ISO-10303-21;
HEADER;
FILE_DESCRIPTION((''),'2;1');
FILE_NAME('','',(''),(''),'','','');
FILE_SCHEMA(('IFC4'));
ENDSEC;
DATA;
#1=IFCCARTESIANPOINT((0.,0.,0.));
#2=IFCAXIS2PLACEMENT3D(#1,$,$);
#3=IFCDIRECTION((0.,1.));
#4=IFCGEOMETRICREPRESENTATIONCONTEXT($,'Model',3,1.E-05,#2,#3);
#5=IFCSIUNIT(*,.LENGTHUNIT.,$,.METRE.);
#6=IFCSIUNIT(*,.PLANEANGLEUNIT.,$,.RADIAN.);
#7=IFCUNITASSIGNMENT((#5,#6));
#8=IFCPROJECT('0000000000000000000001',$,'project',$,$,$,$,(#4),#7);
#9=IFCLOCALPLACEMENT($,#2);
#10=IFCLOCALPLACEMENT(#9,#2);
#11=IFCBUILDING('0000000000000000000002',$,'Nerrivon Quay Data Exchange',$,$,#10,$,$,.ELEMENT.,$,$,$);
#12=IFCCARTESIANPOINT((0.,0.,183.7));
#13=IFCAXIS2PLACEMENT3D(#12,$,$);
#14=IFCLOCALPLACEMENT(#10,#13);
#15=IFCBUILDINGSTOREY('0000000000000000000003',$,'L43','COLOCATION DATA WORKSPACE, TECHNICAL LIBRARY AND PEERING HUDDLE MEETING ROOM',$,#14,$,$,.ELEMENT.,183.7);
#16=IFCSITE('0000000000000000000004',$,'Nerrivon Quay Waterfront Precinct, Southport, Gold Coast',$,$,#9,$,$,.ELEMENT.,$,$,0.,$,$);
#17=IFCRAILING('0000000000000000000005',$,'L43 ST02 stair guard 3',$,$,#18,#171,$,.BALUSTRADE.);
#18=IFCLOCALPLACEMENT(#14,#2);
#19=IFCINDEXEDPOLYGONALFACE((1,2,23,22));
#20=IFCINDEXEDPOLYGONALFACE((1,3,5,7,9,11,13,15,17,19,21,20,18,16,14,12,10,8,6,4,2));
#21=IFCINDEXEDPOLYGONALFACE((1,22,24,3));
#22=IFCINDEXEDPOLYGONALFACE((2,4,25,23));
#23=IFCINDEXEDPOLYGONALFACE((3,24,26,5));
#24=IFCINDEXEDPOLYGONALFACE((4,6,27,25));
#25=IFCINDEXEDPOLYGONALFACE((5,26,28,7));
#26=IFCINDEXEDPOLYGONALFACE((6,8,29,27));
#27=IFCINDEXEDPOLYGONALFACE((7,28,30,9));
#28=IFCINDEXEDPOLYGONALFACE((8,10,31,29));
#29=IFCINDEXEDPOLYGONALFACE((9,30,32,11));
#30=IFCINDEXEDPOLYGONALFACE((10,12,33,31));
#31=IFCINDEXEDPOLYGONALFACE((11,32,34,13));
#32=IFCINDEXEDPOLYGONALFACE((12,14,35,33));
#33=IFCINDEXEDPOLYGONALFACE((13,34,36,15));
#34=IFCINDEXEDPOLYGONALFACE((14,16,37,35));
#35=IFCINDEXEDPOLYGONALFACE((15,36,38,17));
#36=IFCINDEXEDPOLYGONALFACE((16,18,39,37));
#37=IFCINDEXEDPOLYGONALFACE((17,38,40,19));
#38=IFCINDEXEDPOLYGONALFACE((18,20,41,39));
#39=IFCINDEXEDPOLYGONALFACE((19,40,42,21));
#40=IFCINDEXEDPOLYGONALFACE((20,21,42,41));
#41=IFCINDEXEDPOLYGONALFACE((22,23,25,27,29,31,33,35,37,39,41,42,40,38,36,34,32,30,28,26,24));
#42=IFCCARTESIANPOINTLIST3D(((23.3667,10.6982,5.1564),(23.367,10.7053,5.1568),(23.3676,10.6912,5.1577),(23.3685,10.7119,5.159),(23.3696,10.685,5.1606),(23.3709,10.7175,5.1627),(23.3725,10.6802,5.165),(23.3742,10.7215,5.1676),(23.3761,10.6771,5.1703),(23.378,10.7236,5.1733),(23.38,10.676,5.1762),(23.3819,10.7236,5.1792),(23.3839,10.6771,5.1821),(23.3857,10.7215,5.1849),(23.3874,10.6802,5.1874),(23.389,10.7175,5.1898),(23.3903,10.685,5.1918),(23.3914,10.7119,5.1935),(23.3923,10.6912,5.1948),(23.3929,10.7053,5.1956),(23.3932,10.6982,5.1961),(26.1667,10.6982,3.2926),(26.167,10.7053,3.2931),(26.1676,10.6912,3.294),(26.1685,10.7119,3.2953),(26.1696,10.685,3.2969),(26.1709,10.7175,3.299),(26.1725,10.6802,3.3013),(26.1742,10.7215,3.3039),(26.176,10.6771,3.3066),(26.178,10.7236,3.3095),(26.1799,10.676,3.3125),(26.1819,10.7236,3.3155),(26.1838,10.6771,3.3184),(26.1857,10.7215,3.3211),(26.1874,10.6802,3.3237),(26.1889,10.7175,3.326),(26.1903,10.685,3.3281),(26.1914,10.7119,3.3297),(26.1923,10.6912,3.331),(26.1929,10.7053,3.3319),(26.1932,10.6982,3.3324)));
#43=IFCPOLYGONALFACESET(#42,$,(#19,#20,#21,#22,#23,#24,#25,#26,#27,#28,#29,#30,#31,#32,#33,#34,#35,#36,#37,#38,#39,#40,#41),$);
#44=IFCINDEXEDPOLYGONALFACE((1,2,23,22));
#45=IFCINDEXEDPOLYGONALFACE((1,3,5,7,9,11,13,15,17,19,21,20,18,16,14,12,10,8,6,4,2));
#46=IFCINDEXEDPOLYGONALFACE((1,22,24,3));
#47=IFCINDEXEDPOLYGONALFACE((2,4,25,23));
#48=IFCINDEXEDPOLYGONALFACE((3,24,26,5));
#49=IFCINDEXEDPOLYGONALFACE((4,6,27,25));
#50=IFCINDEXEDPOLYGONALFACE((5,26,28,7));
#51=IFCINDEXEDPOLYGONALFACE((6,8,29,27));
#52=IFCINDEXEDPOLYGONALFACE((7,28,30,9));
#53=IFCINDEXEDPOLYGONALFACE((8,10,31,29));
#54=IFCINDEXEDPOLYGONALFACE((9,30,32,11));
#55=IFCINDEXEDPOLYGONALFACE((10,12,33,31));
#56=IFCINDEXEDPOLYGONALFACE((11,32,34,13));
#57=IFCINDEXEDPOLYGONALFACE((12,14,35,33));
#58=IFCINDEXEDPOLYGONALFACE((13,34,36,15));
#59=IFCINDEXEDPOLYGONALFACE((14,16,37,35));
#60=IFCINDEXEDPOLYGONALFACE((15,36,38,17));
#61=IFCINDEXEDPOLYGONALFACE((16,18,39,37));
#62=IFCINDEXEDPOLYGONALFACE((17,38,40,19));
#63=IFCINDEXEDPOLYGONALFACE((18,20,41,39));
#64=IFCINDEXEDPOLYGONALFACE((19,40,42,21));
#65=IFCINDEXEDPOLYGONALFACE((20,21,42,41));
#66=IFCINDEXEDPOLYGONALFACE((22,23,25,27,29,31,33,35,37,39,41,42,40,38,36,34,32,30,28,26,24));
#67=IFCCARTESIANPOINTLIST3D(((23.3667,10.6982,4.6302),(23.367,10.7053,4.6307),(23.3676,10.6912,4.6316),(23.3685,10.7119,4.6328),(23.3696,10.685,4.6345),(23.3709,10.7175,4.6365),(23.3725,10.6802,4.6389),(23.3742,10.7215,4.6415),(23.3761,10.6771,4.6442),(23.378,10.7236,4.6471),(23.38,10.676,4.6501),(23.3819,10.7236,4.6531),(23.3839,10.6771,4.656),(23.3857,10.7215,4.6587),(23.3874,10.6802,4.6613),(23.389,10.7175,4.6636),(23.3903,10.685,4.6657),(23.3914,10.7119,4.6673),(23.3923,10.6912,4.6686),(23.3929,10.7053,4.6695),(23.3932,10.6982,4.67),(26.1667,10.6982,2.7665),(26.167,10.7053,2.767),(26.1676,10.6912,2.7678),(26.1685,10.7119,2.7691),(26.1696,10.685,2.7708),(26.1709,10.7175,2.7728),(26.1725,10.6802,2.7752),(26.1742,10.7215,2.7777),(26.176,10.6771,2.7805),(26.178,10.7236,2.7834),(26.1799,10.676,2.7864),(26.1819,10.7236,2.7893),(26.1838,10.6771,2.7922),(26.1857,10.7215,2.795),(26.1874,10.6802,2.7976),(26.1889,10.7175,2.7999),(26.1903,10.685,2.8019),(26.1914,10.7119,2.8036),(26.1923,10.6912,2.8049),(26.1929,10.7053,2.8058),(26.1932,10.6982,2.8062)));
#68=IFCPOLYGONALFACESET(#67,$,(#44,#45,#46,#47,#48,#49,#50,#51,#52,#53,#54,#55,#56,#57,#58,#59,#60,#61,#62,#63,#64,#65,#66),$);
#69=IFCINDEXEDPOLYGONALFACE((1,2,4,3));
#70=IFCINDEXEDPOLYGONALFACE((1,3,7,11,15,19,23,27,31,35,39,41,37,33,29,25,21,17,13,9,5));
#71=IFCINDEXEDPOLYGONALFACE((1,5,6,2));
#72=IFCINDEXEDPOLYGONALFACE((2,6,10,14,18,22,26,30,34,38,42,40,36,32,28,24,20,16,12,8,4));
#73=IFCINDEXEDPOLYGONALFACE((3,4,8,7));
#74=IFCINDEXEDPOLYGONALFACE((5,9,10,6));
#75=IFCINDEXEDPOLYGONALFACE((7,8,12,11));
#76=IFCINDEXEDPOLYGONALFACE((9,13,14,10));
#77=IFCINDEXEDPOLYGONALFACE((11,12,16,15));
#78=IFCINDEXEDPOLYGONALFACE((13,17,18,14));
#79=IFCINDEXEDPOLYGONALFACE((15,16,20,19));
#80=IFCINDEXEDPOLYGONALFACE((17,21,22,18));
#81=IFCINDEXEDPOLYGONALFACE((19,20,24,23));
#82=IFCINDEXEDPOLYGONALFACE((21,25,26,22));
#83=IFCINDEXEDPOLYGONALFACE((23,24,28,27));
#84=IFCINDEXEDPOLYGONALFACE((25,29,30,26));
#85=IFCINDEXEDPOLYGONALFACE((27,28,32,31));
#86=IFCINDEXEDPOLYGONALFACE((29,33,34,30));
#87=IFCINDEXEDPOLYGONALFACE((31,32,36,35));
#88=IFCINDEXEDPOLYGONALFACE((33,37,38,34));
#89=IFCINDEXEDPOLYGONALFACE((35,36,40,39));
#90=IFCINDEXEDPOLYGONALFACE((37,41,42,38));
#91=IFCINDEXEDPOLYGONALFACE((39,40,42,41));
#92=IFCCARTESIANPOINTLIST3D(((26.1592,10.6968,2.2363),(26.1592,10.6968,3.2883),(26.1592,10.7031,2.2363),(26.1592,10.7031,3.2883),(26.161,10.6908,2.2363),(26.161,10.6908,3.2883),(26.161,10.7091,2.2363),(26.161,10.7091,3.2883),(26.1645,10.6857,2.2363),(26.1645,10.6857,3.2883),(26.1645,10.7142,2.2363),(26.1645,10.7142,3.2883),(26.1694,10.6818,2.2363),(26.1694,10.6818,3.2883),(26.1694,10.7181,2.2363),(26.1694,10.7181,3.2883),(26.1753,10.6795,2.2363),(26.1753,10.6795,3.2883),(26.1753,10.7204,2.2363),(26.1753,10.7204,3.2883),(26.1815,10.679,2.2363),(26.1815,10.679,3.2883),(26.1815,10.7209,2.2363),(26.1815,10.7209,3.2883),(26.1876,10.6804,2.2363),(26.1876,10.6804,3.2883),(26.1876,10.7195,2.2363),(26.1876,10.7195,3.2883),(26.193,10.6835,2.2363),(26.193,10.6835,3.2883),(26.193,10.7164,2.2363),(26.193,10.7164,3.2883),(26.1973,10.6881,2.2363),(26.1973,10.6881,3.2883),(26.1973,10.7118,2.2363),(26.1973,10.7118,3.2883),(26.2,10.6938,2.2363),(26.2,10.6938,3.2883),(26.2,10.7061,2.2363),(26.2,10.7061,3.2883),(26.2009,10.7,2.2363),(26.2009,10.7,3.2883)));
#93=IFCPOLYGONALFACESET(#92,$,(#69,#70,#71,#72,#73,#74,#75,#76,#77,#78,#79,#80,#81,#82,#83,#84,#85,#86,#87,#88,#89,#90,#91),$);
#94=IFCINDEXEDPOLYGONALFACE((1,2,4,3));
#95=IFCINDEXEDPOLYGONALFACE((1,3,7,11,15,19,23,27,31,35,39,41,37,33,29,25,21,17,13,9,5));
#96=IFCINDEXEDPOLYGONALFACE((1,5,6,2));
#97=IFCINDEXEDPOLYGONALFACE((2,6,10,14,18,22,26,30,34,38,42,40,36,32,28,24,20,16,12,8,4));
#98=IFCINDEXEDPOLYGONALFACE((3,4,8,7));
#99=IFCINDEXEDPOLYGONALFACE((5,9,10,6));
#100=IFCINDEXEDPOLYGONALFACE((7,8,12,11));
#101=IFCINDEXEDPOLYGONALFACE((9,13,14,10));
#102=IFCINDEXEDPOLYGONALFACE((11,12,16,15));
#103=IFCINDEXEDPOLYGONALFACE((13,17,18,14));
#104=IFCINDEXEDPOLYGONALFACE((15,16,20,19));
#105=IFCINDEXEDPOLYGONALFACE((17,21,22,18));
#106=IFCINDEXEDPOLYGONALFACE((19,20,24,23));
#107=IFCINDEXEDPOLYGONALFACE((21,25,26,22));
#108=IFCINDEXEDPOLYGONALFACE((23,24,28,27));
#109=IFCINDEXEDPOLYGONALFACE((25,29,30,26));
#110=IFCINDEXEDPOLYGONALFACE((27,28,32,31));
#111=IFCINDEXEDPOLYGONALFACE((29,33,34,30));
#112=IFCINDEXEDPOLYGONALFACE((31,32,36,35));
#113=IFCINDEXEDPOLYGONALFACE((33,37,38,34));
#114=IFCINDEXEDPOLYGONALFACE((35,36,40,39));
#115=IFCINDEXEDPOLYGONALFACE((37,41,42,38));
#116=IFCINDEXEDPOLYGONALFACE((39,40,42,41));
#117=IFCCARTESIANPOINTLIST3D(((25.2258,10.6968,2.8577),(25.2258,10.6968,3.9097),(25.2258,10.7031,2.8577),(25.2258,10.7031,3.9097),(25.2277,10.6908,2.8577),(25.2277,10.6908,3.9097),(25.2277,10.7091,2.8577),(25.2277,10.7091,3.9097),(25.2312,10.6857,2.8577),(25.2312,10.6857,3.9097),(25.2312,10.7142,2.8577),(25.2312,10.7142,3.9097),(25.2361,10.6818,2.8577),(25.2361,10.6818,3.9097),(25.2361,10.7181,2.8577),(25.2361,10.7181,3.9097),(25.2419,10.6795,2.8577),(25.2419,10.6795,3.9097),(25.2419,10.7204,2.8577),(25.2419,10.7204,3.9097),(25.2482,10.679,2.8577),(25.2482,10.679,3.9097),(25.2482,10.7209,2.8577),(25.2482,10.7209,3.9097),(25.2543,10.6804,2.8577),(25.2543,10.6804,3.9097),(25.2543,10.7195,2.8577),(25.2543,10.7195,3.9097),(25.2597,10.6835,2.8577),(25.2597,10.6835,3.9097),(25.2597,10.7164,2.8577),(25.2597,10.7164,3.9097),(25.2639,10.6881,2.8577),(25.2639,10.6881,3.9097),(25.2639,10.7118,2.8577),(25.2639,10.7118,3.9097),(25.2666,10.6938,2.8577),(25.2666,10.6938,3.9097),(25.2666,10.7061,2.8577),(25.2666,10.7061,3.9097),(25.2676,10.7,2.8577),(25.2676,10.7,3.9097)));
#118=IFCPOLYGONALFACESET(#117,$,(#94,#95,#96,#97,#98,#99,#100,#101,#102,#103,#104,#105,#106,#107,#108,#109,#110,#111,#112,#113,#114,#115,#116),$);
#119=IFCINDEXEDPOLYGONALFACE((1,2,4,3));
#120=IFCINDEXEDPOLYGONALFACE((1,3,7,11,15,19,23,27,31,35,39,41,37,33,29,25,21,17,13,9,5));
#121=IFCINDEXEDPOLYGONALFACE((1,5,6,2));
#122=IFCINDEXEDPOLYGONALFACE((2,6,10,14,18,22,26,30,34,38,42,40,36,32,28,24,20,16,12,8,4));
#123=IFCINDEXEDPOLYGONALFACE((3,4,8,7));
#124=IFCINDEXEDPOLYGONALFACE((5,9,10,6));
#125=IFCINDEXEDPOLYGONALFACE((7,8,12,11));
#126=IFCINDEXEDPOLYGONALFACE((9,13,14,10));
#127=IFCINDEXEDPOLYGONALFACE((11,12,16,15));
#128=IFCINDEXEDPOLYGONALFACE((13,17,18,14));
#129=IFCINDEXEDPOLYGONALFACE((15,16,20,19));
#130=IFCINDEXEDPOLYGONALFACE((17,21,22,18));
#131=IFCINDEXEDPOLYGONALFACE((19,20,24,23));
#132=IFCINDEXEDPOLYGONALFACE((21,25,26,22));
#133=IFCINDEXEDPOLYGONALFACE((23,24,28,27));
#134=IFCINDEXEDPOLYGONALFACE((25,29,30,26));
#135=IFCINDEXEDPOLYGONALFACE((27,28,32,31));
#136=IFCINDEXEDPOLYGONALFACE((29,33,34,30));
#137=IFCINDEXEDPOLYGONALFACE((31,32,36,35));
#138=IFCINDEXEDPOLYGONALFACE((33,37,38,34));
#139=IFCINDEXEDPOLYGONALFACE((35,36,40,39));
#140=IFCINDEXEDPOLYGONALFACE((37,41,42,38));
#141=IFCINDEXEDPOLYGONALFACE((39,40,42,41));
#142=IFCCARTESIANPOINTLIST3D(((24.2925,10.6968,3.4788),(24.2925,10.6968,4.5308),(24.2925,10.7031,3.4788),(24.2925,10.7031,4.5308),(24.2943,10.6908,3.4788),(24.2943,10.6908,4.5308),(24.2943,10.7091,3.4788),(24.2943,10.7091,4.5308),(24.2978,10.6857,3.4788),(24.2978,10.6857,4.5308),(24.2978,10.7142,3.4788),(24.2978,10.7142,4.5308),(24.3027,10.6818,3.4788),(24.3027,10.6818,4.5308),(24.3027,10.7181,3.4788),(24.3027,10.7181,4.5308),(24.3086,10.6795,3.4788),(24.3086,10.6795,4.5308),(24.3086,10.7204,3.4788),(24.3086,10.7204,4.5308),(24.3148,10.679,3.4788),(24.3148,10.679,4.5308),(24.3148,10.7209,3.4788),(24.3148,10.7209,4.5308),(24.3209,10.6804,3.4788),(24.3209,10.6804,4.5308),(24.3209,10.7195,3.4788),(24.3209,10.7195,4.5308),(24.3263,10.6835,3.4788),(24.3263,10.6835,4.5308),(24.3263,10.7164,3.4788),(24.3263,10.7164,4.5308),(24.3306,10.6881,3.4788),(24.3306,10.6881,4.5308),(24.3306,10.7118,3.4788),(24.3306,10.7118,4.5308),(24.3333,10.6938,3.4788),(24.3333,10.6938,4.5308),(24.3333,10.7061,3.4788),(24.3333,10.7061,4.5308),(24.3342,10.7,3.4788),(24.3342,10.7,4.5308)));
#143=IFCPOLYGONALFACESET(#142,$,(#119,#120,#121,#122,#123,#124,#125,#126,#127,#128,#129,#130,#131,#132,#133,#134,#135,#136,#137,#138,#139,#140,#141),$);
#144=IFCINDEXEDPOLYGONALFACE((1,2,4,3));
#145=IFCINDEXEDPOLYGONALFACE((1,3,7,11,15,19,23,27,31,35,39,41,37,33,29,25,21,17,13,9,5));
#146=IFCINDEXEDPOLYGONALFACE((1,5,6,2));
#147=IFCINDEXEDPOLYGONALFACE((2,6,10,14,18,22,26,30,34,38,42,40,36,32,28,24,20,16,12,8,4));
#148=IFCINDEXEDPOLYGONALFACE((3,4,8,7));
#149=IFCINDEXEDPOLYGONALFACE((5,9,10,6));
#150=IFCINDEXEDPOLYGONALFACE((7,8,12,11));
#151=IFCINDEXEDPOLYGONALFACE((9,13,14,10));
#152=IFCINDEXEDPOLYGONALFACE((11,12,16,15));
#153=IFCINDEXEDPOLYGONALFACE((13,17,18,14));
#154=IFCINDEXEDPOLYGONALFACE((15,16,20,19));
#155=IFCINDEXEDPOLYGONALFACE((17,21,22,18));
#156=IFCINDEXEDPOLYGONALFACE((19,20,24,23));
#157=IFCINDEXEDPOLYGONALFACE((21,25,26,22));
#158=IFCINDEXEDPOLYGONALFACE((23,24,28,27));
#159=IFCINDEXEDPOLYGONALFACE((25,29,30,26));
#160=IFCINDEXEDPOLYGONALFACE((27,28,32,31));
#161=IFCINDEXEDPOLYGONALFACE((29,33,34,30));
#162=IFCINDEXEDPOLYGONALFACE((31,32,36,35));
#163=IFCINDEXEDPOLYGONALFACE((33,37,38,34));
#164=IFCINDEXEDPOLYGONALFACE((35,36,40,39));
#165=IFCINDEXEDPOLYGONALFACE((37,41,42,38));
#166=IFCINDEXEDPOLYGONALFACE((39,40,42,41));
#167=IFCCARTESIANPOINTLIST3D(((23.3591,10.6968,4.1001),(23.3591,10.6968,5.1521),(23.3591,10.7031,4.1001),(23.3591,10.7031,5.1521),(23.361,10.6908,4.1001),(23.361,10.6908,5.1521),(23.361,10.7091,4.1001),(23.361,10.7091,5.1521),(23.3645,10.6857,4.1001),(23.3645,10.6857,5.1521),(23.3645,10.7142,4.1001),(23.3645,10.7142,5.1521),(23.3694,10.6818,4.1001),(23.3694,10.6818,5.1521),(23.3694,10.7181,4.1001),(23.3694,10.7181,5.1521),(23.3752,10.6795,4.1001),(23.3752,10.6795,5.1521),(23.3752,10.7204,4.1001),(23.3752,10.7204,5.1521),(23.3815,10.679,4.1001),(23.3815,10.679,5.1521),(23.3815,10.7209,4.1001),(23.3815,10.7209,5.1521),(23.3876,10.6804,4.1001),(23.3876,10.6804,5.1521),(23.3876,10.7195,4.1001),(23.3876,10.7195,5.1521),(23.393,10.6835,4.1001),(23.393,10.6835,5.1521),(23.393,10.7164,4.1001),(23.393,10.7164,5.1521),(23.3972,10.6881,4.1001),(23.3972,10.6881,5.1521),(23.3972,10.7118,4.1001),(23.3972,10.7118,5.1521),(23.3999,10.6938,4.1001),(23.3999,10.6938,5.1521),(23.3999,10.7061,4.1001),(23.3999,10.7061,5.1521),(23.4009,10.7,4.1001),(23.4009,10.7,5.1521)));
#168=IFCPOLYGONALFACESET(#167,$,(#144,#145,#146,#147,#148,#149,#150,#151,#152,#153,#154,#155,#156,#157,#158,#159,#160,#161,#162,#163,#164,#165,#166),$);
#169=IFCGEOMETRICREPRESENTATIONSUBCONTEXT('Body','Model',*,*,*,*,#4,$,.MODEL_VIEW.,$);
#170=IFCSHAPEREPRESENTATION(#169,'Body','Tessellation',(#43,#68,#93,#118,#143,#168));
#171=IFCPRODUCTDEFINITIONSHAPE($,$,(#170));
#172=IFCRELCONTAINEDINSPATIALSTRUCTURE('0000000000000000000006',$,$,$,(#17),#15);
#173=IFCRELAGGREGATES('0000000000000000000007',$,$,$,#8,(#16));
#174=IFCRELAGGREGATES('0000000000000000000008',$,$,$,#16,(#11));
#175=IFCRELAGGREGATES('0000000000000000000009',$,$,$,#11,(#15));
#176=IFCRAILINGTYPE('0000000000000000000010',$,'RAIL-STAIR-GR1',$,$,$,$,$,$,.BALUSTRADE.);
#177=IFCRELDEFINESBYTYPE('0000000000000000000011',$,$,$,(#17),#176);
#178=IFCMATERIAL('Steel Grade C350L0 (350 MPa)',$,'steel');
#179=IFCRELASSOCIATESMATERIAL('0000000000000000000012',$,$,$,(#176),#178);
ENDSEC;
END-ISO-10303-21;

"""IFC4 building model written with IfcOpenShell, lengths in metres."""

from ifc_helpers import new_model, si_unit, direction, frame, origin, origin_2d, place, context, subcontext, project, spatial, circle, extrude, material, type_object, element, save


model = new_model("IFC4")

# Units and contexts
model_context = context("Model", 3, precision=1e-05, world=origin(), true_north=direction((0.0, 1.0)))
body_context = subcontext(model_context, "Body", "Model", "MODEL_VIEW")
ifc_project = project(units=[si_unit("LENGTHUNIT", "METRE"), si_unit("PLANEANGLEUNIT", "RADIAN")], contexts=[model_context])

# Site, building, storey
site_placement = place(None, origin())
site = spatial("IfcSite", under=ifc_project, at=site_placement, Name="Nerrivon Quay Waterfront Precinct, Southport, Gold Coast", CompositionType="ELEMENT", RefElevation=0.0)
building_placement = place(site_placement, origin())
building = spatial("IfcBuilding", under=site, at=building_placement, Name="Nerrivon Quay Data Exchange", CompositionType="ELEMENT")
storey_placement = place(building_placement, frame((0.0, 0.0, 183.7)))
storey = spatial("IfcBuildingStorey", under=building, at=storey_placement, Name="L43", Description="COLOCATION DATA WORKSPACE, TECHNICAL LIBRARY AND PEERING HUDDLE MEETING ROOM", CompositionType="ELEMENT", Elevation=183.7)

# Shared definitions
ifc_material_1 = material(Name="Steel Grade C350L0 (350 MPa)", Category="steel")

# Railing
railing_type_1 = type_object("IfcRailingType", Name="RAIL-STAIR-GR1", PredefinedType="BALUSTRADE", material=ifc_material_1)
railing_1_placement = place(storey_placement, frame((26.1799, 10.7, 2.2363)))
element("IfcRailing", 1, at=railing_1_placement, inside=storey, type_object=railing_type_1, Name="L43 ST02 stair guard 3", PredefinedType="BALUSTRADE", context=body_context, shape_type="SweptSolid", body=[
    extrude(circle(Radius=0.0239, at=origin_2d()), frame((0.0, 0.0, 1.0762), z_axis=(-0.832452, 0.0, 0.554097), x_axis=(0.0, -1.0, 0.0)), (0.0, 0.0, 1.0), 3.3635),
    extrude(circle(Radius=0.0239, at=origin_2d()), frame((0.0, 0.0, 0.55), z_axis=(-0.832452, 0.0, 0.554097), x_axis=(0.0, -1.0, 0.0)), (0.0, 0.0, 1.0), 3.3635),
    extrude(circle(Radius=0.021, at=origin_2d()), origin(), (0.0, 0.0, 1.0), 1.052),
    extrude(circle(Radius=0.021, at=origin_2d()), frame((-0.9333, 0.0, 0.6213)), (0.0, 0.0, 1.0), 1.052),
    extrude(circle(Radius=0.021, at=origin_2d()), frame((-1.8667, 0.0, 1.2424)), (0.0, 0.0, 1.0), 1.052),
    extrude(circle(Radius=0.021, at=origin_2d()), frame((-2.8, 0.0, 1.8638)), (0.0, 0.0, 1.0), 1.052),
])

save(model, "model.ifc")
